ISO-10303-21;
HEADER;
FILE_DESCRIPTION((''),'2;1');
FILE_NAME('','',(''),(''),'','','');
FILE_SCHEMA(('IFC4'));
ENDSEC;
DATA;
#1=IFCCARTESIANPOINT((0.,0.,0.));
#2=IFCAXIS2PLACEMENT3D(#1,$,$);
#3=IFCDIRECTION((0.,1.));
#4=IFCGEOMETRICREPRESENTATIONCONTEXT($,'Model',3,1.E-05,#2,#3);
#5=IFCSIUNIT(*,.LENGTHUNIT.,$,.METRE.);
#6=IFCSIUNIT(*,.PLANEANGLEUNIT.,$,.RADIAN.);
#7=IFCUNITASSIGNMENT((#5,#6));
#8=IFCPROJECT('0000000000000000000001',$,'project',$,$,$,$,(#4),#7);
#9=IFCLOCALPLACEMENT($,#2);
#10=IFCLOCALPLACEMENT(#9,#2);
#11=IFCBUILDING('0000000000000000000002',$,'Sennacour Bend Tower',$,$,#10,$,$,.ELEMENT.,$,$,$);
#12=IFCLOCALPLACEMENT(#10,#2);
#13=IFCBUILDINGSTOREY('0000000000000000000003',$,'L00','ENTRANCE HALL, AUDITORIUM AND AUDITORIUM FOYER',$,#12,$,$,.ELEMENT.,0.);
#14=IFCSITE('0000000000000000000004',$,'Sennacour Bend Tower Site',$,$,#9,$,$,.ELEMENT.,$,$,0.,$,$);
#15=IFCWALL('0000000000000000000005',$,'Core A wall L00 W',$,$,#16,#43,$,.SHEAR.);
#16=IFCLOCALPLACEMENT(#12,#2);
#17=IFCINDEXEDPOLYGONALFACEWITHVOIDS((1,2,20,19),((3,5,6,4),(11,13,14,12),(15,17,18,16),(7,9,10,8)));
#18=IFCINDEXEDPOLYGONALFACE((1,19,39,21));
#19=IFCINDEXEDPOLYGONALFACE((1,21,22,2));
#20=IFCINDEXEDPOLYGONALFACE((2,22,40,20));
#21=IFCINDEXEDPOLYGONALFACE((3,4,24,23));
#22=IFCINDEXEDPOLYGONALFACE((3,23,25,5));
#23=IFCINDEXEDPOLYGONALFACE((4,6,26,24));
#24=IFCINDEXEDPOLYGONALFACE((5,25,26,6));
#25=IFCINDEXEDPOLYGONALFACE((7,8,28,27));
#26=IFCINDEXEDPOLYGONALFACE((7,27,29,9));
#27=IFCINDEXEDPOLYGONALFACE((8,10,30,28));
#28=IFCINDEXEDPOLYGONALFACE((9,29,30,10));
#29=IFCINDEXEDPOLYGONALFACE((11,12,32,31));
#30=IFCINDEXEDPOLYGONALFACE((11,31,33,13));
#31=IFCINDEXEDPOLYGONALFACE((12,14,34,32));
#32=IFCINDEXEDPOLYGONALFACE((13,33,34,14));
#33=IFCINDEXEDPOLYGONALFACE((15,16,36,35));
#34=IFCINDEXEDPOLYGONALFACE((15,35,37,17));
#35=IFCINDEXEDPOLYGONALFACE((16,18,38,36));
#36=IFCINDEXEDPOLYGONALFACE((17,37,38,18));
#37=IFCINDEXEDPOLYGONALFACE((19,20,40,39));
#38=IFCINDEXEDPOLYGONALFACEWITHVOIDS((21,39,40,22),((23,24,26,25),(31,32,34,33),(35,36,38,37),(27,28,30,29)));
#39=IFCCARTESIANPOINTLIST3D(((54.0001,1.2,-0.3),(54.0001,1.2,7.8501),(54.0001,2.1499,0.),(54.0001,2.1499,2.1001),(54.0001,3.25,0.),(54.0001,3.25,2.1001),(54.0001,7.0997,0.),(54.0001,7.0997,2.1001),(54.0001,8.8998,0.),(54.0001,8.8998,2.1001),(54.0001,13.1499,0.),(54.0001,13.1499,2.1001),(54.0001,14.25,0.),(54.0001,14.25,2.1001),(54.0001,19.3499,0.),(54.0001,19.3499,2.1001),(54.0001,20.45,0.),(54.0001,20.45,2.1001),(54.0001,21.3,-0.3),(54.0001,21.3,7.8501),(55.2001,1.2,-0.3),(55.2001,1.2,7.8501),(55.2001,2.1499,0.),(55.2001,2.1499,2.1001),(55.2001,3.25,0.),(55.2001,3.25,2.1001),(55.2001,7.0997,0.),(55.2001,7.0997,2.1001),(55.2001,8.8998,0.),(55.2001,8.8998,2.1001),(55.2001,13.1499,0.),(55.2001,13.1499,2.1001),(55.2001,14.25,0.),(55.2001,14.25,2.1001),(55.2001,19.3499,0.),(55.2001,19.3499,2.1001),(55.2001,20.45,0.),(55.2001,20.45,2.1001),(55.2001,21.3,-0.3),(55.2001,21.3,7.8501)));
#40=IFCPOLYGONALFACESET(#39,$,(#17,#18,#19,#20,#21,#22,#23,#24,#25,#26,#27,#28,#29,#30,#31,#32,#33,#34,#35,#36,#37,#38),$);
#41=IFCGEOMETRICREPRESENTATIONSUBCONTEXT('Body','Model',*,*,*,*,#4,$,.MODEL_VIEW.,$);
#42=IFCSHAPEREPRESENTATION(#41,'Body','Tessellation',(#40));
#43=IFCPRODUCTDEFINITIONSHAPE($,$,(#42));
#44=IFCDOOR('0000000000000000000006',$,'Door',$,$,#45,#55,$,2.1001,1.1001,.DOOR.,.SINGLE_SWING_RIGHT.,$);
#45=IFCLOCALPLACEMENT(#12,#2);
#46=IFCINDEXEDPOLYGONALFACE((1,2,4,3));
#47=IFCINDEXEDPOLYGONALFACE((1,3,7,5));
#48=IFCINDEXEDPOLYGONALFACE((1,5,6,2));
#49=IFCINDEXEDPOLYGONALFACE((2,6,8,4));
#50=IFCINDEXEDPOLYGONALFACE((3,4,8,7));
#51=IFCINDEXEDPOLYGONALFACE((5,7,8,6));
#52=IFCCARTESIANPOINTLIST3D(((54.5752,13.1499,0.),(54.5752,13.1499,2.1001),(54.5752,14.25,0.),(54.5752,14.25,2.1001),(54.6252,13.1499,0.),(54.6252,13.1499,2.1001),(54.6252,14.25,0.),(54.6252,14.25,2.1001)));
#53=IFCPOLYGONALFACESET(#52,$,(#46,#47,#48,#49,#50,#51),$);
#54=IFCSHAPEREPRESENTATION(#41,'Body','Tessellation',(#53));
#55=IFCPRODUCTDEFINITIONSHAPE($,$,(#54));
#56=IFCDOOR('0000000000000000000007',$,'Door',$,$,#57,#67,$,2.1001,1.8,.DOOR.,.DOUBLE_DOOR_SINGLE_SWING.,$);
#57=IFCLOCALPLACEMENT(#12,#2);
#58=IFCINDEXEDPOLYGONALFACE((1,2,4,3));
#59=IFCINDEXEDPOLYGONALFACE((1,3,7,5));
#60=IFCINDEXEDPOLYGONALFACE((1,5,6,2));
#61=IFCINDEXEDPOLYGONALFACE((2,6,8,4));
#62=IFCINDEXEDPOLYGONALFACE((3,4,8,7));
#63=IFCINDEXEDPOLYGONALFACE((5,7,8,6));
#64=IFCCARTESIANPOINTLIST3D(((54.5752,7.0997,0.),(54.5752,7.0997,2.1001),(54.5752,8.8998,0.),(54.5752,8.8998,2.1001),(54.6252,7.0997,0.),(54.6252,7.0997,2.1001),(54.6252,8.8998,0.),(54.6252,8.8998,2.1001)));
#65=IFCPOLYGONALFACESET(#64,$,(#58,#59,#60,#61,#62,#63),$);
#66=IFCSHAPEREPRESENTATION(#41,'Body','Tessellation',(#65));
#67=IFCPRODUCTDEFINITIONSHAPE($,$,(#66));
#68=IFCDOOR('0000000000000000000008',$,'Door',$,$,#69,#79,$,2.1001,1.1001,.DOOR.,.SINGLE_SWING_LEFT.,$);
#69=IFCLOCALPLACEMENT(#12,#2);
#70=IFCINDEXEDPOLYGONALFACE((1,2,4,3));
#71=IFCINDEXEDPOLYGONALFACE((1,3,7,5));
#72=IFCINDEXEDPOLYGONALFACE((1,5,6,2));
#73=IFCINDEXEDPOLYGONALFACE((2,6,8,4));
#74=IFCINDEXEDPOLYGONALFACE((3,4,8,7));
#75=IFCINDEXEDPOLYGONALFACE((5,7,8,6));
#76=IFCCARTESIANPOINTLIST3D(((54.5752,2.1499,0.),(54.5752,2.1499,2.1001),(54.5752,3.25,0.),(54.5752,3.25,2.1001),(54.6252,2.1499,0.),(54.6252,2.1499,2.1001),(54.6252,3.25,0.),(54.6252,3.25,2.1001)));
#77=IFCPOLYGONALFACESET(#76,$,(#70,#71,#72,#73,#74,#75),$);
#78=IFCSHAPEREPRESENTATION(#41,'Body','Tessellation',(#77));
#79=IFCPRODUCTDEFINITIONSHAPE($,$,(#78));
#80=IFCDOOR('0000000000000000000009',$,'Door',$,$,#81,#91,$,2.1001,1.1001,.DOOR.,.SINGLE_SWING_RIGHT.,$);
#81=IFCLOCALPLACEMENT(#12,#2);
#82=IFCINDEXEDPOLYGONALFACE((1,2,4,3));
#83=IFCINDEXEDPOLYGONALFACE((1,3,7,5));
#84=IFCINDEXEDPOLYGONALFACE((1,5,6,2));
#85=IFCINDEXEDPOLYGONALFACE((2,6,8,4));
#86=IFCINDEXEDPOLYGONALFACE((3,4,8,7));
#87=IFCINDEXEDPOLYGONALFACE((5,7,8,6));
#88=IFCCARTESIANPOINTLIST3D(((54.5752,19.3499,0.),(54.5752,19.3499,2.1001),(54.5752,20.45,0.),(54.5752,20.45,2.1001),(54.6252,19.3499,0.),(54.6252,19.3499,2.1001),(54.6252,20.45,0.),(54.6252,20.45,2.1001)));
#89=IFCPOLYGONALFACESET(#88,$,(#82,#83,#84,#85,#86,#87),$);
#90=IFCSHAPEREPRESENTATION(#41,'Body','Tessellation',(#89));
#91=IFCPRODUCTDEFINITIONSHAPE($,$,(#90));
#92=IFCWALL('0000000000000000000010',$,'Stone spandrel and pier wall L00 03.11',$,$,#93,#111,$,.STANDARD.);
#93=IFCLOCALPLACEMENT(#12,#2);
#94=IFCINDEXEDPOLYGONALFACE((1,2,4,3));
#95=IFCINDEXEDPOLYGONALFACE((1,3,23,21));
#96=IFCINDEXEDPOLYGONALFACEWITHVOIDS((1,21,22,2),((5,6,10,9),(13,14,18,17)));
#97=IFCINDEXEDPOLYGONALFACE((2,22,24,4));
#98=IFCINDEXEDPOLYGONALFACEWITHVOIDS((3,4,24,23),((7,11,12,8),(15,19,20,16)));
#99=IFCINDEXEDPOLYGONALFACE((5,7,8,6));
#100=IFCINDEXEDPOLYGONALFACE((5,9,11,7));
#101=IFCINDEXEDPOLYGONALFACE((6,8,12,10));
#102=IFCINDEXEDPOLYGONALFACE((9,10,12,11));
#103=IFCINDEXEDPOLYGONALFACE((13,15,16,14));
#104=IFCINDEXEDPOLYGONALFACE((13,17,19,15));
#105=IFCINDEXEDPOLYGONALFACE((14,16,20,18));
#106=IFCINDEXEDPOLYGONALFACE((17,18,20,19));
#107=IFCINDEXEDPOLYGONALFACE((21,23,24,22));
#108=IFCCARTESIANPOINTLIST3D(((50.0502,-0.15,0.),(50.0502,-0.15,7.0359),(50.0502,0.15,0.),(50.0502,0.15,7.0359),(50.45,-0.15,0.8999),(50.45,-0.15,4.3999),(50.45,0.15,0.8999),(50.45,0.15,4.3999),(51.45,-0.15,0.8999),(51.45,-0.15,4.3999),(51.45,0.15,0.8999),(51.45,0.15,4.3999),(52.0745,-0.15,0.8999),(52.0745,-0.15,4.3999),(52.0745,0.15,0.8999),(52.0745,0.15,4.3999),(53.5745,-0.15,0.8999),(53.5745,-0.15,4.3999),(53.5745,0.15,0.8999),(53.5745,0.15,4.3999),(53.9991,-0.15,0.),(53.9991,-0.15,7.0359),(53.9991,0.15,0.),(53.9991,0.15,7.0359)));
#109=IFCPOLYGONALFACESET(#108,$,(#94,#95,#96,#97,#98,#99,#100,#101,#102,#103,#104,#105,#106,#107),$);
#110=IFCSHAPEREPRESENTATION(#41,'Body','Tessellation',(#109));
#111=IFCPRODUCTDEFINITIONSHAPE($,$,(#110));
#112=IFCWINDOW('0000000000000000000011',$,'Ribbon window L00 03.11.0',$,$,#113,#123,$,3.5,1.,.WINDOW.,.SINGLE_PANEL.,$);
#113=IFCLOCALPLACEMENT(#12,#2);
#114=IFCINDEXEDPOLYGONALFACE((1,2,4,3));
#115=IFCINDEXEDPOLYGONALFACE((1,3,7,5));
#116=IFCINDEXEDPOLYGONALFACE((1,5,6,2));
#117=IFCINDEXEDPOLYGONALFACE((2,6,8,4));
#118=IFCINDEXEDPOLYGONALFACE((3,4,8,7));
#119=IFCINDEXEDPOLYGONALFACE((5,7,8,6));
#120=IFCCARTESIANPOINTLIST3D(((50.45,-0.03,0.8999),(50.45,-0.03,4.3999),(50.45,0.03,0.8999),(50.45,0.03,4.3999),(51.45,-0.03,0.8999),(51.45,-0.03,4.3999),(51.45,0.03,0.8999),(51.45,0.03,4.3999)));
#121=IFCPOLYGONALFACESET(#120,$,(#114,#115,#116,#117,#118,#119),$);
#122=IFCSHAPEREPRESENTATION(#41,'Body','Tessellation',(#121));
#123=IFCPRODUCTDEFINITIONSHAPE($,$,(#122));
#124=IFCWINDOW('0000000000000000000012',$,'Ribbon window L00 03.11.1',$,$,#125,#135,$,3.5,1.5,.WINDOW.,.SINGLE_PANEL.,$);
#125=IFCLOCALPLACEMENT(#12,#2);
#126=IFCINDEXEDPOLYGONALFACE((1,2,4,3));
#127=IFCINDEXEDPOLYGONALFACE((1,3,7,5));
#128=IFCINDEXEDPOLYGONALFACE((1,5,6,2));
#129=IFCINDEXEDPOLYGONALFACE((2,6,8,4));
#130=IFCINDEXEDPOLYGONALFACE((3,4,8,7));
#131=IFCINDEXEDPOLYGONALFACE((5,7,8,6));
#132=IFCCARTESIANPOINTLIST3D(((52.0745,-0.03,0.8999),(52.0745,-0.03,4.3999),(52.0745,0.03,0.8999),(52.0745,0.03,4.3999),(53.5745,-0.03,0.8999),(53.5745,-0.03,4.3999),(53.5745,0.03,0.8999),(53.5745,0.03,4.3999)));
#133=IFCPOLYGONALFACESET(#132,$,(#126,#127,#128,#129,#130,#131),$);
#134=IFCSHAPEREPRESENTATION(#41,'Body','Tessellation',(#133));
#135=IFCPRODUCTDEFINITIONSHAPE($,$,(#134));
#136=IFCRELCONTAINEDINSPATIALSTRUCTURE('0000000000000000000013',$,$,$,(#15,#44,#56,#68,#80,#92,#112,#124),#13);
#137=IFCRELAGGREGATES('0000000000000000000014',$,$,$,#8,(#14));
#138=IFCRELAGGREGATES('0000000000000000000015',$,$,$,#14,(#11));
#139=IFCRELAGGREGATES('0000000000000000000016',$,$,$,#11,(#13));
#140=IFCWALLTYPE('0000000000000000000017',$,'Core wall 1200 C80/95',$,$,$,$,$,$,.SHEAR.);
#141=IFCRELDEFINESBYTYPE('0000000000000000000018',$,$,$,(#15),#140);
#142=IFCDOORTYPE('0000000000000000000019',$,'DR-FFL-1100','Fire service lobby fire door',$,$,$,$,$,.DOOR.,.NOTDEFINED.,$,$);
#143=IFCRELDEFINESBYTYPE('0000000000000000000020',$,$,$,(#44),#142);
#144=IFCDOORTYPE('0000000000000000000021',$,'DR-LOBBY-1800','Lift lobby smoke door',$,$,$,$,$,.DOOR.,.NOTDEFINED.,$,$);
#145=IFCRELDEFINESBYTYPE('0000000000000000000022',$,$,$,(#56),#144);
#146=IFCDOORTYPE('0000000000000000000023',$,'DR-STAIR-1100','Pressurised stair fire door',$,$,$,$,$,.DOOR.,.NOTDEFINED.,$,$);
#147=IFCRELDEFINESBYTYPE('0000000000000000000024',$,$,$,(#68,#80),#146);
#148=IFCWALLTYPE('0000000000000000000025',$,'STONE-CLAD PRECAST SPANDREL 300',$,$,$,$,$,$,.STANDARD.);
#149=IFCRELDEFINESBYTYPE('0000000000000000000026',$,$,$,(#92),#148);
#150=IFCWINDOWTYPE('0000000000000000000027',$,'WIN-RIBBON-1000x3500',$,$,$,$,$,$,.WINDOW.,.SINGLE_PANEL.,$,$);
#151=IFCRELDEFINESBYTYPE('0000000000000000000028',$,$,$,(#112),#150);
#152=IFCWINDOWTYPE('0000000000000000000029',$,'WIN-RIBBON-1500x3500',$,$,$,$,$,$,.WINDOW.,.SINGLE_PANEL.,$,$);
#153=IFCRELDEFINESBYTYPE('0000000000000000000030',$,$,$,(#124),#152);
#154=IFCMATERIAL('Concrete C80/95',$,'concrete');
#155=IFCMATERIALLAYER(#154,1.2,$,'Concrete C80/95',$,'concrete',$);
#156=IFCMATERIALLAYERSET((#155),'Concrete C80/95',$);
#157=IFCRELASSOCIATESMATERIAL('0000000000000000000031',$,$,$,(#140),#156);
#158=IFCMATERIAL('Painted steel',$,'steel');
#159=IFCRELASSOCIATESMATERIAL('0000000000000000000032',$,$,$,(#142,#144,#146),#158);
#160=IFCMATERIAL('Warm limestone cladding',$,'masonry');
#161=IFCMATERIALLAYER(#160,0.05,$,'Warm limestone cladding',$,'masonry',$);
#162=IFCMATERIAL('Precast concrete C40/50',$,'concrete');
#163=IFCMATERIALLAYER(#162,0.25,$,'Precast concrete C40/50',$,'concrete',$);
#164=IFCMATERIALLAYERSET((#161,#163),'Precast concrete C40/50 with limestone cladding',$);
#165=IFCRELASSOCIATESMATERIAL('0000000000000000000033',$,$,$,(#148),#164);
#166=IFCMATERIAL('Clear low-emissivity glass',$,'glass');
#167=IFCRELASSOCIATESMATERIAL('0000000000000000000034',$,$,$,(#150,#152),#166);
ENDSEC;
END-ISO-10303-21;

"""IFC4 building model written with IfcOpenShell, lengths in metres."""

from ifc_helpers import new_model, si_unit, direction, frame, frame_2d, origin, place, context, subcontext, project, spatial, rectangle, extrude, material, layer, layer_set, type_object, element, fill, save


model = new_model("IFC4")

# Units and contexts
model_context = context("Model", 3, precision=1e-05, world=origin(), true_north=direction((0.0, 1.0)))
body_context = subcontext(model_context, "Body", "Model", "MODEL_VIEW")
ifc_project = project(units=[si_unit("LENGTHUNIT", "METRE"), si_unit("PLANEANGLEUNIT", "RADIAN")], contexts=[model_context])

# Site, building, storey
site_placement = place(None, origin())
site = spatial("IfcSite", under=ifc_project, at=site_placement, Name="Sennacour Bend Tower Site", CompositionType="ELEMENT", RefElevation=0.0)
building_placement = place(site_placement, origin())
building = spatial("IfcBuilding", under=site, at=building_placement, Name="Sennacour Bend Tower", CompositionType="ELEMENT")
storey_placement = place(building_placement, origin())
storey = spatial("IfcBuildingStorey", under=building, at=storey_placement, Name="L00", Description="ENTRANCE HALL, AUDITORIUM AND AUDITORIUM FOYER", CompositionType="ELEMENT", Elevation=0.0)

# Shared definitions
ifc_material_1 = material(Name="Precast concrete C40/50", Category="concrete")

# Wall, openings, doors
ifc_material_2 = material(Name="Concrete C80/95", Category="concrete")
ifc_layer_1 = layer(ifc_material_2, 1.2, Name="Concrete C80/95", Category="concrete")
ifc_layer_set_1 = layer_set([ifc_layer_1], Name="Concrete C80/95")
wall_type_1 = type_object("IfcWallType", Name="Core wall 1200 C80/95", PredefinedType="SHEAR", material=ifc_layer_set_1)
wall_1_placement = place(storey_placement, frame((54.6001, 1.2, -0.3), z_axis=(0.0, 0.0, 1.0), x_axis=(0.0, 1.0, 0.0)))
wall_1 = element("IfcWall", 1, at=wall_1_placement, inside=storey, type_object=wall_type_1, Name="Core A wall L00 W", PredefinedType="SHEAR", context=body_context, shape_type="SweptSolid", body=[
    extrude(rectangle(XDim=20.1001, YDim=1.2, at=frame_2d((10.05, 0.0))), origin(), (0.0, 0.0, 1.0), 8.1501),
])
opening_1_placement = place(wall_1_placement, frame((5.8999, 0.0, 0.3)))
opening_1 = element("IfcOpeningElement", 2, at=opening_1_placement, cuts=wall_1, PredefinedType="OPENING", context=body_context, shape_type="SweptSolid", body=[
    extrude(rectangle(XDim=1.8, YDim=2.1001, at=frame_2d((0.8999, 1.05))), frame((0.0, 0.6099, 0.0), z_axis=(0.0, -1.0, 0.0), x_axis=(1.0, 0.0, 0.0)), (0.0, 0.0, 1.0), 1.22),
])
opening_2_placement = place(wall_1_placement, frame((11.95, 0.0, 0.3)))
opening_2 = element("IfcOpeningElement", 3, at=opening_2_placement, cuts=wall_1, PredefinedType="OPENING", context=body_context, shape_type="SweptSolid", body=[
    extrude(rectangle(XDim=1.1001, YDim=2.1001, at=frame_2d((0.55, 1.05))), frame((0.0, 0.6099, 0.0), z_axis=(0.0, -1.0, 0.0), x_axis=(1.0, 0.0, 0.0)), (0.0, 0.0, 1.0), 1.22),
])
opening_3_placement = place(wall_1_placement, frame((0.95, 0.0, 0.3)))
opening_3 = element("IfcOpeningElement", 4, at=opening_3_placement, cuts=wall_1, PredefinedType="OPENING", context=body_context, shape_type="SweptSolid", body=[
    extrude(rectangle(XDim=1.1001, YDim=2.1001, at=frame_2d((0.55, 1.05))), frame((0.0, 0.6099, 0.0), z_axis=(0.0, -1.0, 0.0), x_axis=(1.0, 0.0, 0.0)), (0.0, 0.0, 1.0), 1.22),
])
opening_4_placement = place(wall_1_placement, frame((18.1499, 0.0, 0.3)))
opening_4 = element("IfcOpeningElement", 5, at=opening_4_placement, cuts=wall_1, PredefinedType="OPENING", context=body_context, shape_type="SweptSolid", body=[
    extrude(rectangle(XDim=1.1001, YDim=2.1001, at=frame_2d((0.55, 1.05))), frame((0.0, 0.6099, 0.0), z_axis=(0.0, -1.0, 0.0), x_axis=(1.0, 0.0, 0.0)), (0.0, 0.0, 1.0), 1.22),
])
ifc_material_3 = material(Name="Painted steel", Category="steel")
door_type_1 = type_object("IfcDoorType", Name="DR-FFL-1100", Description="Fire service lobby fire door", OperationType="NOTDEFINED", PredefinedType="DOOR", material=ifc_material_3)
door_1_placement = place(opening_2_placement, origin())
door_1 = element("IfcDoor", 6, at=door_1_placement, inside=storey, type_object=door_type_1, Name="Door", OperationType="SINGLE_SWING_RIGHT", OverallHeight=2.1001, OverallWidth=1.1001, PredefinedType="DOOR", context=body_context, shape_type="SweptSolid", body=[
    extrude(rectangle(XDim=1.1001, YDim=2.1001, at=frame_2d((0.55, 1.05))), frame((0.0, 0.0249, 0.0), z_axis=(0.0, -1.0, 0.0), x_axis=(1.0, 0.0, 0.0)), (0.0, 0.0, 1.0), 0.05),
])
fill(opening_2, door_1)
door_type_2 = type_object("IfcDoorType", Name="DR-LOBBY-1800", Description="Lift lobby smoke door", OperationType="NOTDEFINED", PredefinedType="DOOR", material=ifc_material_3)
door_2_placement = place(opening_1_placement, origin())
door_2 = element("IfcDoor", 7, at=door_2_placement, inside=storey, type_object=door_type_2, Name="Door", OperationType="DOUBLE_DOOR_SINGLE_SWING", OverallHeight=2.1001, OverallWidth=1.8, PredefinedType="DOOR", context=body_context, shape_type="SweptSolid", body=[
    extrude(rectangle(XDim=1.8, YDim=2.1001, at=frame_2d((0.8999, 1.05))), frame((0.0, 0.0249, 0.0), z_axis=(0.0, -1.0, 0.0), x_axis=(1.0, 0.0, 0.0)), (0.0, 0.0, 1.0), 0.05),
])
fill(opening_1, door_2)
door_type_3 = type_object("IfcDoorType", Name="DR-STAIR-1100", Description="Pressurised stair fire door", OperationType="NOTDEFINED", PredefinedType="DOOR", material=ifc_material_3)
door_3_placement = place(opening_3_placement, origin())
door_3 = element("IfcDoor", 8, at=door_3_placement, inside=storey, type_object=door_type_3, Name="Door", OperationType="SINGLE_SWING_LEFT", OverallHeight=2.1001, OverallWidth=1.1001, PredefinedType="DOOR", context=body_context, shape_type="SweptSolid", body=[
    extrude(rectangle(XDim=1.1001, YDim=2.1001, at=frame_2d((0.55, 1.05))), frame((0.0, 0.0249, 0.0), z_axis=(0.0, -1.0, 0.0), x_axis=(1.0, 0.0, 0.0)), (0.0, 0.0, 1.0), 0.05),
])
fill(opening_3, door_3)
door_4_placement = place(opening_4_placement, origin())
door_4 = element("IfcDoor", 9, at=door_4_placement, inside=storey, type_object=door_type_3, Name="Door", OperationType="SINGLE_SWING_RIGHT", OverallHeight=2.1001, OverallWidth=1.1001, PredefinedType="DOOR", context=body_context, shape_type="SweptSolid", body=[
    extrude(rectangle(XDim=1.1001, YDim=2.1001, at=frame_2d((0.55, 1.05))), frame((0.0, 0.0249, 0.0), z_axis=(0.0, -1.0, 0.0), x_axis=(1.0, 0.0, 0.0)), (0.0, 0.0, 1.0), 0.05),
])
fill(opening_4, door_4)

# Wall, openings, windows
ifc_material_4 = material(Name="Warm limestone cladding", Category="masonry")
ifc_layer_2 = layer(ifc_material_4, 0.05, Name="Warm limestone cladding", Category="masonry")
ifc_layer_3 = layer(ifc_material_1, 0.25, Name="Precast concrete C40/50", Category="concrete")
ifc_layer_set_2 = layer_set([ifc_layer_2, ifc_layer_3], Name="Precast concrete C40/50 with limestone cladding")
wall_type_2 = type_object("IfcWallType", Name="STONE-CLAD PRECAST SPANDREL 300", PredefinedType="STANDARD", material=ifc_layer_set_2)
wall_2_placement = place(storey_placement, frame((50.05, 0.0, 0.0), z_axis=(0.0, 0.0, 1.0), x_axis=(1.0, 0.0, 0.0)))
wall_2 = element("IfcWall", 10, at=wall_2_placement, inside=storey, type_object=wall_type_2, Name="Stone spandrel and pier wall L00 03.11", PredefinedType="STANDARD", context=body_context, shape_type="SweptSolid", body=[
    extrude(rectangle(XDim=3.949, YDim=0.3, at=frame_2d((1.9746, 0.0))), origin(), (0.0, 0.0, 1.0), 7.0359),
])
opening_5_placement = place(wall_2_placement, frame((0.3999, 0.0, 0.8999)))
opening_5 = element("IfcOpeningElement", 11, at=opening_5_placement, cuts=wall_2, PredefinedType="OPENING", context=body_context, shape_type="SweptSolid", body=[
    extrude(rectangle(XDim=1.0, YDim=3.5, at=frame_2d((0.5, 1.75))), frame((0.0, 0.1602, 0.0), z_axis=(0.0, -1.0, 0.0), x_axis=(1.0, 0.0, 0.0)), (0.0, 0.0, 1.0), 0.3201),
])
opening_6_placement = place(wall_2_placement, frame((2.0244, 0.0, 0.8999)))
opening_6 = element("IfcOpeningElement", 12, at=opening_6_placement, cuts=wall_2, PredefinedType="OPENING", context=body_context, shape_type="SweptSolid", body=[
    extrude(rectangle(XDim=1.5, YDim=3.5, at=frame_2d((0.75, 1.75))), frame((0.0, 0.1602, 0.0), z_axis=(0.0, -1.0, 0.0), x_axis=(1.0, 0.0, 0.0)), (0.0, 0.0, 1.0), 0.3201),
])
ifc_material_5 = material(Name="Clear low-emissivity glass", Category="glass")
window_type_1 = type_object("IfcWindowType", Name="WIN-RIBBON-1000x3500", PartitioningType="SINGLE_PANEL", PredefinedType="WINDOW", material=ifc_material_5)
window_1_placement = place(opening_5_placement, origin())
window_1 = element("IfcWindow", 13, at=window_1_placement, inside=storey, type_object=window_type_1, Name="Ribbon window L00 03.11.0", OverallHeight=3.5, OverallWidth=1.0, PartitioningType="SINGLE_PANEL", PredefinedType="WINDOW", context=body_context, shape_type="SweptSolid", body=[
    extrude(rectangle(XDim=1.0, YDim=3.5, at=frame_2d((0.5, 1.75))), frame((0.0, 0.03, 0.0), z_axis=(0.0, -1.0, 0.0), x_axis=(1.0, 0.0, 0.0)), (0.0, 0.0, 1.0), 0.0601),
])
fill(opening_5, window_1)
window_type_2 = type_object("IfcWindowType", Name="WIN-RIBBON-1500x3500", PartitioningType="SINGLE_PANEL", PredefinedType="WINDOW", material=ifc_material_5)
window_2_placement = place(opening_6_placement, origin())
window_2 = element("IfcWindow", 14, at=window_2_placement, inside=storey, type_object=window_type_2, Name="Ribbon window L00 03.11.1", OverallHeight=3.5, OverallWidth=1.5, PartitioningType="SINGLE_PANEL", PredefinedType="WINDOW", context=body_context, shape_type="SweptSolid", body=[
    extrude(rectangle(XDim=1.5, YDim=3.5, at=frame_2d((0.75, 1.75))), frame((0.0, 0.03, 0.0), z_axis=(0.0, -1.0, 0.0), x_axis=(1.0, 0.0, 0.0)), (0.0, 0.0, 1.0), 0.0601),
])
fill(opening_6, window_2)

save(model, "model.ifc")
